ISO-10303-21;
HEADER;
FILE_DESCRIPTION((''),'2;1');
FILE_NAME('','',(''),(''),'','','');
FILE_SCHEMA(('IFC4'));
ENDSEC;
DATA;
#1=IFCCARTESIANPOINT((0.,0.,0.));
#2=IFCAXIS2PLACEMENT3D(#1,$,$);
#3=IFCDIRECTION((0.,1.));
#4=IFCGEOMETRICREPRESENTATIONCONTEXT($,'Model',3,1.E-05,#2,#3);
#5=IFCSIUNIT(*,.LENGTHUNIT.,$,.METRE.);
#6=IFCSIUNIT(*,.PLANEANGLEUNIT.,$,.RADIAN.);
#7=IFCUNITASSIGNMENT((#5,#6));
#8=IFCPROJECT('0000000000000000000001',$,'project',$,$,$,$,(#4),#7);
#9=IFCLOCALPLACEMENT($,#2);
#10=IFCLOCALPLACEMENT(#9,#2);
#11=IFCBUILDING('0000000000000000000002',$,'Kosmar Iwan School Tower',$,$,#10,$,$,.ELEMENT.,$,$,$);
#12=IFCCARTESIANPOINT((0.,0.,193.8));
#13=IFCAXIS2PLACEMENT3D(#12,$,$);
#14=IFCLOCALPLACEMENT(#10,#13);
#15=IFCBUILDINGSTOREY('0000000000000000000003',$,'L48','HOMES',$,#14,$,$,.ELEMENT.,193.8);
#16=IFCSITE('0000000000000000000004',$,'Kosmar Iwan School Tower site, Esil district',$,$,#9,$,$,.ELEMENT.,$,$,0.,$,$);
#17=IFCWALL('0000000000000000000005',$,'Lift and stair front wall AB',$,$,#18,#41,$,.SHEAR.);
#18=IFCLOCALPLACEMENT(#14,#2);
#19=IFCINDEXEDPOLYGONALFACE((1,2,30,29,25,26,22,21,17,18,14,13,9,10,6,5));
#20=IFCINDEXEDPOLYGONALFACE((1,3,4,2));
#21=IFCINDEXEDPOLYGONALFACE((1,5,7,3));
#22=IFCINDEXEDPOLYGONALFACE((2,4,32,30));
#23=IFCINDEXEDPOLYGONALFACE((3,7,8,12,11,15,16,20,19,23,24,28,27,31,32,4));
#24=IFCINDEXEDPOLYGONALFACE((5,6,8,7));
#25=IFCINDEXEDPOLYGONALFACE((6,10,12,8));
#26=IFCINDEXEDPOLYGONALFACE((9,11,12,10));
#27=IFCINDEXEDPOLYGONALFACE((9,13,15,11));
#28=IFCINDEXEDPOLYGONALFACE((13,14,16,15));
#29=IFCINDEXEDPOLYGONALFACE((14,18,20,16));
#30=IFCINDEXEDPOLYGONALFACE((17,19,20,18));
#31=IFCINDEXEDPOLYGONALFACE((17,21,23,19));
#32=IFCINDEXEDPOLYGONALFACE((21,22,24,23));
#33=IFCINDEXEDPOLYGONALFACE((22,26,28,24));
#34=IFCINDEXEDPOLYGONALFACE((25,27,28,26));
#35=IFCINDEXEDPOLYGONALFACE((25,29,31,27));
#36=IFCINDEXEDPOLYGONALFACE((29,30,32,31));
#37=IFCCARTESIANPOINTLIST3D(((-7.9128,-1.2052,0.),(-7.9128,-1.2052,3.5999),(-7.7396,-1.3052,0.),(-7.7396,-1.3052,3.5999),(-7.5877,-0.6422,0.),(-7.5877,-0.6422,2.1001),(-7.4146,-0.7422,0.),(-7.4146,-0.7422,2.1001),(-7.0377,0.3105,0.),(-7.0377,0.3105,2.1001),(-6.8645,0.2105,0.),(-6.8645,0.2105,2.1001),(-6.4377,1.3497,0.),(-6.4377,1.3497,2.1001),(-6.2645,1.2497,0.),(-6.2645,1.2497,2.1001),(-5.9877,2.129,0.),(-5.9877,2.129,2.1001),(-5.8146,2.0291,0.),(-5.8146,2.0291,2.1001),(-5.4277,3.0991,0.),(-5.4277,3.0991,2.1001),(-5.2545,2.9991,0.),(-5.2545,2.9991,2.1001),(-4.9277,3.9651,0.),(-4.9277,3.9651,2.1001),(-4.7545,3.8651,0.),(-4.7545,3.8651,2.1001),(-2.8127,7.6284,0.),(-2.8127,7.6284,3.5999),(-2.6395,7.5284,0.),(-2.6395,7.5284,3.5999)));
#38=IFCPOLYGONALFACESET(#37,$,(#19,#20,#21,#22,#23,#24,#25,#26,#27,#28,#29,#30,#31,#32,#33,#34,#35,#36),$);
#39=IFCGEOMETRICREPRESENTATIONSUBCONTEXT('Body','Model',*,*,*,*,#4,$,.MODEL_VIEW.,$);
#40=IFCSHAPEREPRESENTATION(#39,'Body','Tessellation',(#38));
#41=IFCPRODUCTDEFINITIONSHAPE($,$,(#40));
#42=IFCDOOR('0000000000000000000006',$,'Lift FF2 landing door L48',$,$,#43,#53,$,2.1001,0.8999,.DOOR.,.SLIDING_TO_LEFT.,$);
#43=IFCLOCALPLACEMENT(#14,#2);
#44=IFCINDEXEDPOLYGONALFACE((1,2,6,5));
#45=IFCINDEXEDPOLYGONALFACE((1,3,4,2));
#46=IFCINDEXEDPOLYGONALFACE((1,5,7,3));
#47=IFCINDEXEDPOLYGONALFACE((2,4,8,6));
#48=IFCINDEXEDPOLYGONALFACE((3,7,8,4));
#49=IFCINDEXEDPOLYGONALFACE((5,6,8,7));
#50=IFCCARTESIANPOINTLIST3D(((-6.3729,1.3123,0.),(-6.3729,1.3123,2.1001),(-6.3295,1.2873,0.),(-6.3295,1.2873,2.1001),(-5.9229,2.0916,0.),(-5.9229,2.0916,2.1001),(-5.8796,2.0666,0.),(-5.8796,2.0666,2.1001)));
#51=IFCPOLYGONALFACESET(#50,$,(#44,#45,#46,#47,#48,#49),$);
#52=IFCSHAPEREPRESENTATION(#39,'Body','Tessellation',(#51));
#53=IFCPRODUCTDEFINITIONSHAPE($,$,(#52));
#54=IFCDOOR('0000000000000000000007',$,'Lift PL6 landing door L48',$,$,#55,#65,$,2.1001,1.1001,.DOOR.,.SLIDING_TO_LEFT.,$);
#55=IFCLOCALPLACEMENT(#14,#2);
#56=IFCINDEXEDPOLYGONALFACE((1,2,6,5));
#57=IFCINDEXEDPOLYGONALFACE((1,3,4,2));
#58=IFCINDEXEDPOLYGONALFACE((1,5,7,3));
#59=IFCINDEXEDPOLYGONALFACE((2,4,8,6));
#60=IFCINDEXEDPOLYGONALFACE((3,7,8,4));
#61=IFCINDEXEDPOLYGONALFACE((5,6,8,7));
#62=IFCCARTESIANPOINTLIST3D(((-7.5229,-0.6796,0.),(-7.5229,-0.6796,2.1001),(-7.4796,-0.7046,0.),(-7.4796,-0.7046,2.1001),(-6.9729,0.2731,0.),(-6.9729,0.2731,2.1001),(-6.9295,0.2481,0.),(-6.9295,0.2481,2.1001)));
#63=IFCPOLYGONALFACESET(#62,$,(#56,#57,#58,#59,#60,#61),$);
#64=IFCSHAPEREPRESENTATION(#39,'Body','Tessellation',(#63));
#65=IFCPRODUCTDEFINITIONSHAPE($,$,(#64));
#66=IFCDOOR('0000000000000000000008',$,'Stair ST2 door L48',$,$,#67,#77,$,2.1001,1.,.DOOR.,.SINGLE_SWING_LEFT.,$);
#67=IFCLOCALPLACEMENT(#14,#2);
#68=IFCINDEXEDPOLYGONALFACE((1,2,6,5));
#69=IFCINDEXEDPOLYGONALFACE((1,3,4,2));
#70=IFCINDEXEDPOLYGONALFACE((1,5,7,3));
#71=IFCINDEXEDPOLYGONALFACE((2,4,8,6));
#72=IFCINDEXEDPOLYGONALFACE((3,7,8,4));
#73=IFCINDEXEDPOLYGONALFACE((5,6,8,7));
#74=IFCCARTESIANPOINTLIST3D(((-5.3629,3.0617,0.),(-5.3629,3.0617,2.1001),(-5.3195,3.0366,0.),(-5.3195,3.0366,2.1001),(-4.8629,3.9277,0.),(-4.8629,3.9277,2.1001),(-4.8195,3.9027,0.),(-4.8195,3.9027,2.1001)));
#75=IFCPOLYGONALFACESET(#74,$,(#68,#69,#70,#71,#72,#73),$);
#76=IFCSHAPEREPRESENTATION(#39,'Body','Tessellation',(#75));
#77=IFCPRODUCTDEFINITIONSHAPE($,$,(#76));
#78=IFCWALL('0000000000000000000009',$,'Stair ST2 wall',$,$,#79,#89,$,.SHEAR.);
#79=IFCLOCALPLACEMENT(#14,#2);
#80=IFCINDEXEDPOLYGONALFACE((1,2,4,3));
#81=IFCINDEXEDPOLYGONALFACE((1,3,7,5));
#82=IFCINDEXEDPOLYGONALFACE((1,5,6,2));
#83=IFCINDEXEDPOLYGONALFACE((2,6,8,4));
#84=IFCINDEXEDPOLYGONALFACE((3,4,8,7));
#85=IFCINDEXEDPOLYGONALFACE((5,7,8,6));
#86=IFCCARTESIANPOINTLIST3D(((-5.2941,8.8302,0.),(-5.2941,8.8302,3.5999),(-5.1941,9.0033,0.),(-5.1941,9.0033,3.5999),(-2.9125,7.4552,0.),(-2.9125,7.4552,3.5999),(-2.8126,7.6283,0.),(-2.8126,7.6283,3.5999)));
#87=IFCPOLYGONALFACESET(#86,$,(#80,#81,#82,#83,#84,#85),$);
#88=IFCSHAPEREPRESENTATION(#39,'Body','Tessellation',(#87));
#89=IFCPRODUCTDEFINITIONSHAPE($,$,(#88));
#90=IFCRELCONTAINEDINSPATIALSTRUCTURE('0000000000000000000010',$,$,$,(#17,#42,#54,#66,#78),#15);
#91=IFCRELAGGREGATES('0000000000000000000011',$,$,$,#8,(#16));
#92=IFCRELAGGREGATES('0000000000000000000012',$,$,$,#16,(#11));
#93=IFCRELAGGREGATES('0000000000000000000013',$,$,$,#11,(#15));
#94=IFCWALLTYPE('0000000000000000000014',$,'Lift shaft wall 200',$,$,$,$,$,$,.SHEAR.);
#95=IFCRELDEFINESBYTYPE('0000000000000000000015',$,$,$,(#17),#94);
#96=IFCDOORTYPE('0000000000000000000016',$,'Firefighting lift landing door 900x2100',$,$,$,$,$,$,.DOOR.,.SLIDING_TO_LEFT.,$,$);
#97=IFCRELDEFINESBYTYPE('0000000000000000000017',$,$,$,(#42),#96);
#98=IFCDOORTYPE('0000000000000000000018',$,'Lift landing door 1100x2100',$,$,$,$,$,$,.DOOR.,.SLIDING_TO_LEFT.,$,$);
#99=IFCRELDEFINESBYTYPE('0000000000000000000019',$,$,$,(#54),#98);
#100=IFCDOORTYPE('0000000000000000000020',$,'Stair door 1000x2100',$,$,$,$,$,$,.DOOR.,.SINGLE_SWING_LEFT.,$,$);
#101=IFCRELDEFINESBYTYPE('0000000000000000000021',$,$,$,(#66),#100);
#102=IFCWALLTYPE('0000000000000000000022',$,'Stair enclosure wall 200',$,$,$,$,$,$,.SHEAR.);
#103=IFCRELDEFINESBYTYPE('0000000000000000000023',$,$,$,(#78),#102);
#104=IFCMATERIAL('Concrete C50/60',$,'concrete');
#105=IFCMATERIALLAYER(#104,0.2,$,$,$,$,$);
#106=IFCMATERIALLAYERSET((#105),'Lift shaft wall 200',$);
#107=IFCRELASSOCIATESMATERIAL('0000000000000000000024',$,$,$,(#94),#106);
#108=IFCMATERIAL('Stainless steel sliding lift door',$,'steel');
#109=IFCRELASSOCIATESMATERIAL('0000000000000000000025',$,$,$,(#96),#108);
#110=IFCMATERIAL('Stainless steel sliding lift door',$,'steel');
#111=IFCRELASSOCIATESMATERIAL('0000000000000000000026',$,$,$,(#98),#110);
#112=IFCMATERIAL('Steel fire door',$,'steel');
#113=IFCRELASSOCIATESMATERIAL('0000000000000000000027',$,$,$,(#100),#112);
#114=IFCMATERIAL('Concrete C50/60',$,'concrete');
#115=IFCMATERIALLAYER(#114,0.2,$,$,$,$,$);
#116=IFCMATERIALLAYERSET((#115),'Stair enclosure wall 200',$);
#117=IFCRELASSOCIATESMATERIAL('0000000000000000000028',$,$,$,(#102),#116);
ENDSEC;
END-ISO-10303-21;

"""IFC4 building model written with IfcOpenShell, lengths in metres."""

from ifc_helpers import new_model, si_unit, direction, frame, frame_2d, origin, place, context, subcontext, project, spatial, rectangle, extrude, material, layer, layer_set, type_object, element, fill, save


model = new_model("IFC4")

# Units and contexts
model_context = context("Model", 3, precision=1e-05, world=origin(), true_north=direction((0.0, 1.0)))
body_context = subcontext(model_context, "Body", "Model", "MODEL_VIEW")
ifc_project = project(units=[si_unit("LENGTHUNIT", "METRE"), si_unit("PLANEANGLEUNIT", "RADIAN")], contexts=[model_context])

# Site, building, storey
site_placement = place(None, origin())
site = spatial("IfcSite", under=ifc_project, at=site_placement, Name="Kosmar Iwan School Tower site, Esil district", CompositionType="ELEMENT", RefElevation=0.0)
building_placement = place(site_placement, origin())
building = spatial("IfcBuilding", under=site, at=building_placement, Name="Kosmar Iwan School Tower", CompositionType="ELEMENT")
storey_placement = place(building_placement, frame((0.0, 0.0, 193.8)))
storey = spatial("IfcBuildingStorey", under=building, at=storey_placement, Name="L48", Description="HOMES", CompositionType="ELEMENT", Elevation=193.8)

# Wall, openings, doors
ifc_material_1 = material(Name="Concrete C50/60", Category="concrete")
ifc_layer_1 = layer(ifc_material_1, 0.2)
ifc_layer_set_1 = layer_set([ifc_layer_1], Name="Lift shaft wall 200")
wall_type_1 = type_object("IfcWallType", Name="Lift shaft wall 200", PredefinedType="SHEAR", material=ifc_layer_set_1)
wall_1_placement = place(storey_placement, frame((-2.7261, 7.5784, 0.0), z_axis=(0.0, 0.0, 1.0), x_axis=(-0.500006, -0.866022, 0.0)))
wall_1 = element("IfcWall", 1, at=wall_1_placement, inside=storey, type_object=wall_type_1, Name="Lift and stair front wall AB", PredefinedType="SHEAR", context=body_context, shape_type="SweptSolid", body=[
    extrude(rectangle(XDim=10.2002, YDim=0.2, at=frame_2d((5.1001, 0.0))), origin(), (0.0, 0.0, 1.0), 3.5999),
])
opening_1_placement = place(wall_1_placement, frame((6.3501, 0.0, 0.0)))
opening_1 = element("IfcOpeningElement", 2, at=opening_1_placement, cuts=wall_1, PredefinedType="OPENING", context=body_context, shape_type="SweptSolid", body=[
    extrude(rectangle(XDim=0.8999, YDim=2.1001, at=frame_2d((0.45, 1.05))), frame((0.0, 0.1121, 0.0), z_axis=(0.0, -1.0, 0.0), x_axis=(1.0, 0.0, 0.0)), (0.0, 0.0, 1.0), 0.2239),
])
opening_2_placement = place(wall_1_placement, frame((8.45, 0.0, 0.0)))
opening_2 = element("IfcOpeningElement", 3, at=opening_2_placement, cuts=wall_1, PredefinedType="OPENING", context=body_context, shape_type="SweptSolid", body=[
    extrude(rectangle(XDim=1.1001, YDim=2.1001, at=frame_2d((0.55, 1.05))), frame((0.0, 0.1121, 0.0), z_axis=(0.0, -1.0, 0.0), x_axis=(1.0, 0.0, 0.0)), (0.0, 0.0, 1.0), 0.2239),
])
opening_3_placement = place(wall_1_placement, frame((4.23, 0.0, 0.0)))
opening_3 = element("IfcOpeningElement", 4, at=opening_3_placement, cuts=wall_1, PredefinedType="OPENING", context=body_context, shape_type="SweptSolid", body=[
    extrude(rectangle(XDim=1.0, YDim=2.1001, at=frame_2d((0.5, 1.05))), frame((0.0, 0.1121, 0.0), z_axis=(0.0, -1.0, 0.0), x_axis=(1.0, 0.0, 0.0)), (0.0, 0.0, 1.0), 0.2239),
])
ifc_material_2 = material(Name="Stainless steel sliding lift door", Category="steel")
door_type_1 = type_object("IfcDoorType", Name="Firefighting lift landing door 900x2100", OperationType="SLIDING_TO_LEFT", PredefinedType="DOOR", material=ifc_material_2)
door_1_placement = place(opening_1_placement, origin())
door_1 = element("IfcDoor", 5, at=door_1_placement, inside=storey, type_object=door_type_1, Name="Lift FF2 landing door L48", OperationType="SLIDING_TO_LEFT", OverallHeight=2.1001, OverallWidth=0.8999, PredefinedType="DOOR", context=body_context, shape_type="SweptSolid", body=[
    extrude(rectangle(XDim=0.8999, YDim=2.1001, at=frame_2d((0.45, 1.05))), frame((0.0, 0.0249, 0.0), z_axis=(0.0, -1.0, 0.0), x_axis=(1.0, 0.0, 0.0)), (0.0, 0.0, 1.0), 0.05),
])
fill(opening_1, door_1)
ifc_material_3 = material(Name="Stainless steel sliding lift door", Category="steel")
door_type_2 = type_object("IfcDoorType", Name="Lift landing door 1100x2100", OperationType="SLIDING_TO_LEFT", PredefinedType="DOOR", material=ifc_material_3)
door_2_placement = place(opening_2_placement, origin())
door_2 = element("IfcDoor", 6, at=door_2_placement, inside=storey, type_object=door_type_2, Name="Lift PL6 landing door L48", OperationType="SLIDING_TO_LEFT", OverallHeight=2.1001, OverallWidth=1.1001, PredefinedType="DOOR", context=body_context, shape_type="SweptSolid", body=[
    extrude(rectangle(XDim=1.1001, YDim=2.1001, at=frame_2d((0.55, 1.05))), frame((0.0, 0.0249, 0.0), z_axis=(0.0, -1.0, 0.0), x_axis=(1.0, 0.0, 0.0)), (0.0, 0.0, 1.0), 0.05),
])
fill(opening_2, door_2)
ifc_material_4 = material(Name="Steel fire door", Category="steel")
door_type_3 = type_object("IfcDoorType", Name="Stair door 1000x2100", OperationType="SINGLE_SWING_LEFT", PredefinedType="DOOR", material=ifc_material_4)
door_3_placement = place(opening_3_placement, origin())
door_3 = element("IfcDoor", 7, at=door_3_placement, inside=storey, type_object=door_type_3, Name="Stair ST2 door L48", OperationType="SINGLE_SWING_LEFT", OverallHeight=2.1001, OverallWidth=1.0, PredefinedType="DOOR", context=body_context, shape_type="SweptSolid", body=[
    extrude(rectangle(XDim=1.0, YDim=2.1001, at=frame_2d((0.5, 1.05))), frame((0.0, 0.0249, 0.0), z_axis=(0.0, -1.0, 0.0), x_axis=(1.0, 0.0, 0.0)), (0.0, 0.0, 1.0), 0.05),
])
fill(opening_3, door_3)

# Wall
ifc_material_5 = material(Name="Concrete C50/60", Category="concrete")
ifc_layer_2 = layer(ifc_material_5, 0.2)
ifc_layer_set_2 = layer_set([ifc_layer_2], Name="Stair enclosure wall 200")
wall_type_2 = type_object("IfcWallType", Name="Stair enclosure wall 200", PredefinedType="SHEAR", material=ifc_layer_set_2)
wall_2_placement = place(storey_placement, frame((-2.8625, 7.5417, 0.0), z_axis=(0.0, 0.0, 1.0), x_axis=(-0.866027, 0.499997, 0.0)))
element("IfcWall", 8, at=wall_2_placement, inside=storey, type_object=wall_type_2, Name="Stair ST2 wall", PredefinedType="SHEAR", context=body_context, shape_type="SweptSolid", body=[
    extrude(rectangle(XDim=2.75, YDim=0.2, at=frame_2d((1.375, 0.0))), origin(), (0.0, 0.0, 1.0), 3.5999),
])

save(model, "model.ifc")
